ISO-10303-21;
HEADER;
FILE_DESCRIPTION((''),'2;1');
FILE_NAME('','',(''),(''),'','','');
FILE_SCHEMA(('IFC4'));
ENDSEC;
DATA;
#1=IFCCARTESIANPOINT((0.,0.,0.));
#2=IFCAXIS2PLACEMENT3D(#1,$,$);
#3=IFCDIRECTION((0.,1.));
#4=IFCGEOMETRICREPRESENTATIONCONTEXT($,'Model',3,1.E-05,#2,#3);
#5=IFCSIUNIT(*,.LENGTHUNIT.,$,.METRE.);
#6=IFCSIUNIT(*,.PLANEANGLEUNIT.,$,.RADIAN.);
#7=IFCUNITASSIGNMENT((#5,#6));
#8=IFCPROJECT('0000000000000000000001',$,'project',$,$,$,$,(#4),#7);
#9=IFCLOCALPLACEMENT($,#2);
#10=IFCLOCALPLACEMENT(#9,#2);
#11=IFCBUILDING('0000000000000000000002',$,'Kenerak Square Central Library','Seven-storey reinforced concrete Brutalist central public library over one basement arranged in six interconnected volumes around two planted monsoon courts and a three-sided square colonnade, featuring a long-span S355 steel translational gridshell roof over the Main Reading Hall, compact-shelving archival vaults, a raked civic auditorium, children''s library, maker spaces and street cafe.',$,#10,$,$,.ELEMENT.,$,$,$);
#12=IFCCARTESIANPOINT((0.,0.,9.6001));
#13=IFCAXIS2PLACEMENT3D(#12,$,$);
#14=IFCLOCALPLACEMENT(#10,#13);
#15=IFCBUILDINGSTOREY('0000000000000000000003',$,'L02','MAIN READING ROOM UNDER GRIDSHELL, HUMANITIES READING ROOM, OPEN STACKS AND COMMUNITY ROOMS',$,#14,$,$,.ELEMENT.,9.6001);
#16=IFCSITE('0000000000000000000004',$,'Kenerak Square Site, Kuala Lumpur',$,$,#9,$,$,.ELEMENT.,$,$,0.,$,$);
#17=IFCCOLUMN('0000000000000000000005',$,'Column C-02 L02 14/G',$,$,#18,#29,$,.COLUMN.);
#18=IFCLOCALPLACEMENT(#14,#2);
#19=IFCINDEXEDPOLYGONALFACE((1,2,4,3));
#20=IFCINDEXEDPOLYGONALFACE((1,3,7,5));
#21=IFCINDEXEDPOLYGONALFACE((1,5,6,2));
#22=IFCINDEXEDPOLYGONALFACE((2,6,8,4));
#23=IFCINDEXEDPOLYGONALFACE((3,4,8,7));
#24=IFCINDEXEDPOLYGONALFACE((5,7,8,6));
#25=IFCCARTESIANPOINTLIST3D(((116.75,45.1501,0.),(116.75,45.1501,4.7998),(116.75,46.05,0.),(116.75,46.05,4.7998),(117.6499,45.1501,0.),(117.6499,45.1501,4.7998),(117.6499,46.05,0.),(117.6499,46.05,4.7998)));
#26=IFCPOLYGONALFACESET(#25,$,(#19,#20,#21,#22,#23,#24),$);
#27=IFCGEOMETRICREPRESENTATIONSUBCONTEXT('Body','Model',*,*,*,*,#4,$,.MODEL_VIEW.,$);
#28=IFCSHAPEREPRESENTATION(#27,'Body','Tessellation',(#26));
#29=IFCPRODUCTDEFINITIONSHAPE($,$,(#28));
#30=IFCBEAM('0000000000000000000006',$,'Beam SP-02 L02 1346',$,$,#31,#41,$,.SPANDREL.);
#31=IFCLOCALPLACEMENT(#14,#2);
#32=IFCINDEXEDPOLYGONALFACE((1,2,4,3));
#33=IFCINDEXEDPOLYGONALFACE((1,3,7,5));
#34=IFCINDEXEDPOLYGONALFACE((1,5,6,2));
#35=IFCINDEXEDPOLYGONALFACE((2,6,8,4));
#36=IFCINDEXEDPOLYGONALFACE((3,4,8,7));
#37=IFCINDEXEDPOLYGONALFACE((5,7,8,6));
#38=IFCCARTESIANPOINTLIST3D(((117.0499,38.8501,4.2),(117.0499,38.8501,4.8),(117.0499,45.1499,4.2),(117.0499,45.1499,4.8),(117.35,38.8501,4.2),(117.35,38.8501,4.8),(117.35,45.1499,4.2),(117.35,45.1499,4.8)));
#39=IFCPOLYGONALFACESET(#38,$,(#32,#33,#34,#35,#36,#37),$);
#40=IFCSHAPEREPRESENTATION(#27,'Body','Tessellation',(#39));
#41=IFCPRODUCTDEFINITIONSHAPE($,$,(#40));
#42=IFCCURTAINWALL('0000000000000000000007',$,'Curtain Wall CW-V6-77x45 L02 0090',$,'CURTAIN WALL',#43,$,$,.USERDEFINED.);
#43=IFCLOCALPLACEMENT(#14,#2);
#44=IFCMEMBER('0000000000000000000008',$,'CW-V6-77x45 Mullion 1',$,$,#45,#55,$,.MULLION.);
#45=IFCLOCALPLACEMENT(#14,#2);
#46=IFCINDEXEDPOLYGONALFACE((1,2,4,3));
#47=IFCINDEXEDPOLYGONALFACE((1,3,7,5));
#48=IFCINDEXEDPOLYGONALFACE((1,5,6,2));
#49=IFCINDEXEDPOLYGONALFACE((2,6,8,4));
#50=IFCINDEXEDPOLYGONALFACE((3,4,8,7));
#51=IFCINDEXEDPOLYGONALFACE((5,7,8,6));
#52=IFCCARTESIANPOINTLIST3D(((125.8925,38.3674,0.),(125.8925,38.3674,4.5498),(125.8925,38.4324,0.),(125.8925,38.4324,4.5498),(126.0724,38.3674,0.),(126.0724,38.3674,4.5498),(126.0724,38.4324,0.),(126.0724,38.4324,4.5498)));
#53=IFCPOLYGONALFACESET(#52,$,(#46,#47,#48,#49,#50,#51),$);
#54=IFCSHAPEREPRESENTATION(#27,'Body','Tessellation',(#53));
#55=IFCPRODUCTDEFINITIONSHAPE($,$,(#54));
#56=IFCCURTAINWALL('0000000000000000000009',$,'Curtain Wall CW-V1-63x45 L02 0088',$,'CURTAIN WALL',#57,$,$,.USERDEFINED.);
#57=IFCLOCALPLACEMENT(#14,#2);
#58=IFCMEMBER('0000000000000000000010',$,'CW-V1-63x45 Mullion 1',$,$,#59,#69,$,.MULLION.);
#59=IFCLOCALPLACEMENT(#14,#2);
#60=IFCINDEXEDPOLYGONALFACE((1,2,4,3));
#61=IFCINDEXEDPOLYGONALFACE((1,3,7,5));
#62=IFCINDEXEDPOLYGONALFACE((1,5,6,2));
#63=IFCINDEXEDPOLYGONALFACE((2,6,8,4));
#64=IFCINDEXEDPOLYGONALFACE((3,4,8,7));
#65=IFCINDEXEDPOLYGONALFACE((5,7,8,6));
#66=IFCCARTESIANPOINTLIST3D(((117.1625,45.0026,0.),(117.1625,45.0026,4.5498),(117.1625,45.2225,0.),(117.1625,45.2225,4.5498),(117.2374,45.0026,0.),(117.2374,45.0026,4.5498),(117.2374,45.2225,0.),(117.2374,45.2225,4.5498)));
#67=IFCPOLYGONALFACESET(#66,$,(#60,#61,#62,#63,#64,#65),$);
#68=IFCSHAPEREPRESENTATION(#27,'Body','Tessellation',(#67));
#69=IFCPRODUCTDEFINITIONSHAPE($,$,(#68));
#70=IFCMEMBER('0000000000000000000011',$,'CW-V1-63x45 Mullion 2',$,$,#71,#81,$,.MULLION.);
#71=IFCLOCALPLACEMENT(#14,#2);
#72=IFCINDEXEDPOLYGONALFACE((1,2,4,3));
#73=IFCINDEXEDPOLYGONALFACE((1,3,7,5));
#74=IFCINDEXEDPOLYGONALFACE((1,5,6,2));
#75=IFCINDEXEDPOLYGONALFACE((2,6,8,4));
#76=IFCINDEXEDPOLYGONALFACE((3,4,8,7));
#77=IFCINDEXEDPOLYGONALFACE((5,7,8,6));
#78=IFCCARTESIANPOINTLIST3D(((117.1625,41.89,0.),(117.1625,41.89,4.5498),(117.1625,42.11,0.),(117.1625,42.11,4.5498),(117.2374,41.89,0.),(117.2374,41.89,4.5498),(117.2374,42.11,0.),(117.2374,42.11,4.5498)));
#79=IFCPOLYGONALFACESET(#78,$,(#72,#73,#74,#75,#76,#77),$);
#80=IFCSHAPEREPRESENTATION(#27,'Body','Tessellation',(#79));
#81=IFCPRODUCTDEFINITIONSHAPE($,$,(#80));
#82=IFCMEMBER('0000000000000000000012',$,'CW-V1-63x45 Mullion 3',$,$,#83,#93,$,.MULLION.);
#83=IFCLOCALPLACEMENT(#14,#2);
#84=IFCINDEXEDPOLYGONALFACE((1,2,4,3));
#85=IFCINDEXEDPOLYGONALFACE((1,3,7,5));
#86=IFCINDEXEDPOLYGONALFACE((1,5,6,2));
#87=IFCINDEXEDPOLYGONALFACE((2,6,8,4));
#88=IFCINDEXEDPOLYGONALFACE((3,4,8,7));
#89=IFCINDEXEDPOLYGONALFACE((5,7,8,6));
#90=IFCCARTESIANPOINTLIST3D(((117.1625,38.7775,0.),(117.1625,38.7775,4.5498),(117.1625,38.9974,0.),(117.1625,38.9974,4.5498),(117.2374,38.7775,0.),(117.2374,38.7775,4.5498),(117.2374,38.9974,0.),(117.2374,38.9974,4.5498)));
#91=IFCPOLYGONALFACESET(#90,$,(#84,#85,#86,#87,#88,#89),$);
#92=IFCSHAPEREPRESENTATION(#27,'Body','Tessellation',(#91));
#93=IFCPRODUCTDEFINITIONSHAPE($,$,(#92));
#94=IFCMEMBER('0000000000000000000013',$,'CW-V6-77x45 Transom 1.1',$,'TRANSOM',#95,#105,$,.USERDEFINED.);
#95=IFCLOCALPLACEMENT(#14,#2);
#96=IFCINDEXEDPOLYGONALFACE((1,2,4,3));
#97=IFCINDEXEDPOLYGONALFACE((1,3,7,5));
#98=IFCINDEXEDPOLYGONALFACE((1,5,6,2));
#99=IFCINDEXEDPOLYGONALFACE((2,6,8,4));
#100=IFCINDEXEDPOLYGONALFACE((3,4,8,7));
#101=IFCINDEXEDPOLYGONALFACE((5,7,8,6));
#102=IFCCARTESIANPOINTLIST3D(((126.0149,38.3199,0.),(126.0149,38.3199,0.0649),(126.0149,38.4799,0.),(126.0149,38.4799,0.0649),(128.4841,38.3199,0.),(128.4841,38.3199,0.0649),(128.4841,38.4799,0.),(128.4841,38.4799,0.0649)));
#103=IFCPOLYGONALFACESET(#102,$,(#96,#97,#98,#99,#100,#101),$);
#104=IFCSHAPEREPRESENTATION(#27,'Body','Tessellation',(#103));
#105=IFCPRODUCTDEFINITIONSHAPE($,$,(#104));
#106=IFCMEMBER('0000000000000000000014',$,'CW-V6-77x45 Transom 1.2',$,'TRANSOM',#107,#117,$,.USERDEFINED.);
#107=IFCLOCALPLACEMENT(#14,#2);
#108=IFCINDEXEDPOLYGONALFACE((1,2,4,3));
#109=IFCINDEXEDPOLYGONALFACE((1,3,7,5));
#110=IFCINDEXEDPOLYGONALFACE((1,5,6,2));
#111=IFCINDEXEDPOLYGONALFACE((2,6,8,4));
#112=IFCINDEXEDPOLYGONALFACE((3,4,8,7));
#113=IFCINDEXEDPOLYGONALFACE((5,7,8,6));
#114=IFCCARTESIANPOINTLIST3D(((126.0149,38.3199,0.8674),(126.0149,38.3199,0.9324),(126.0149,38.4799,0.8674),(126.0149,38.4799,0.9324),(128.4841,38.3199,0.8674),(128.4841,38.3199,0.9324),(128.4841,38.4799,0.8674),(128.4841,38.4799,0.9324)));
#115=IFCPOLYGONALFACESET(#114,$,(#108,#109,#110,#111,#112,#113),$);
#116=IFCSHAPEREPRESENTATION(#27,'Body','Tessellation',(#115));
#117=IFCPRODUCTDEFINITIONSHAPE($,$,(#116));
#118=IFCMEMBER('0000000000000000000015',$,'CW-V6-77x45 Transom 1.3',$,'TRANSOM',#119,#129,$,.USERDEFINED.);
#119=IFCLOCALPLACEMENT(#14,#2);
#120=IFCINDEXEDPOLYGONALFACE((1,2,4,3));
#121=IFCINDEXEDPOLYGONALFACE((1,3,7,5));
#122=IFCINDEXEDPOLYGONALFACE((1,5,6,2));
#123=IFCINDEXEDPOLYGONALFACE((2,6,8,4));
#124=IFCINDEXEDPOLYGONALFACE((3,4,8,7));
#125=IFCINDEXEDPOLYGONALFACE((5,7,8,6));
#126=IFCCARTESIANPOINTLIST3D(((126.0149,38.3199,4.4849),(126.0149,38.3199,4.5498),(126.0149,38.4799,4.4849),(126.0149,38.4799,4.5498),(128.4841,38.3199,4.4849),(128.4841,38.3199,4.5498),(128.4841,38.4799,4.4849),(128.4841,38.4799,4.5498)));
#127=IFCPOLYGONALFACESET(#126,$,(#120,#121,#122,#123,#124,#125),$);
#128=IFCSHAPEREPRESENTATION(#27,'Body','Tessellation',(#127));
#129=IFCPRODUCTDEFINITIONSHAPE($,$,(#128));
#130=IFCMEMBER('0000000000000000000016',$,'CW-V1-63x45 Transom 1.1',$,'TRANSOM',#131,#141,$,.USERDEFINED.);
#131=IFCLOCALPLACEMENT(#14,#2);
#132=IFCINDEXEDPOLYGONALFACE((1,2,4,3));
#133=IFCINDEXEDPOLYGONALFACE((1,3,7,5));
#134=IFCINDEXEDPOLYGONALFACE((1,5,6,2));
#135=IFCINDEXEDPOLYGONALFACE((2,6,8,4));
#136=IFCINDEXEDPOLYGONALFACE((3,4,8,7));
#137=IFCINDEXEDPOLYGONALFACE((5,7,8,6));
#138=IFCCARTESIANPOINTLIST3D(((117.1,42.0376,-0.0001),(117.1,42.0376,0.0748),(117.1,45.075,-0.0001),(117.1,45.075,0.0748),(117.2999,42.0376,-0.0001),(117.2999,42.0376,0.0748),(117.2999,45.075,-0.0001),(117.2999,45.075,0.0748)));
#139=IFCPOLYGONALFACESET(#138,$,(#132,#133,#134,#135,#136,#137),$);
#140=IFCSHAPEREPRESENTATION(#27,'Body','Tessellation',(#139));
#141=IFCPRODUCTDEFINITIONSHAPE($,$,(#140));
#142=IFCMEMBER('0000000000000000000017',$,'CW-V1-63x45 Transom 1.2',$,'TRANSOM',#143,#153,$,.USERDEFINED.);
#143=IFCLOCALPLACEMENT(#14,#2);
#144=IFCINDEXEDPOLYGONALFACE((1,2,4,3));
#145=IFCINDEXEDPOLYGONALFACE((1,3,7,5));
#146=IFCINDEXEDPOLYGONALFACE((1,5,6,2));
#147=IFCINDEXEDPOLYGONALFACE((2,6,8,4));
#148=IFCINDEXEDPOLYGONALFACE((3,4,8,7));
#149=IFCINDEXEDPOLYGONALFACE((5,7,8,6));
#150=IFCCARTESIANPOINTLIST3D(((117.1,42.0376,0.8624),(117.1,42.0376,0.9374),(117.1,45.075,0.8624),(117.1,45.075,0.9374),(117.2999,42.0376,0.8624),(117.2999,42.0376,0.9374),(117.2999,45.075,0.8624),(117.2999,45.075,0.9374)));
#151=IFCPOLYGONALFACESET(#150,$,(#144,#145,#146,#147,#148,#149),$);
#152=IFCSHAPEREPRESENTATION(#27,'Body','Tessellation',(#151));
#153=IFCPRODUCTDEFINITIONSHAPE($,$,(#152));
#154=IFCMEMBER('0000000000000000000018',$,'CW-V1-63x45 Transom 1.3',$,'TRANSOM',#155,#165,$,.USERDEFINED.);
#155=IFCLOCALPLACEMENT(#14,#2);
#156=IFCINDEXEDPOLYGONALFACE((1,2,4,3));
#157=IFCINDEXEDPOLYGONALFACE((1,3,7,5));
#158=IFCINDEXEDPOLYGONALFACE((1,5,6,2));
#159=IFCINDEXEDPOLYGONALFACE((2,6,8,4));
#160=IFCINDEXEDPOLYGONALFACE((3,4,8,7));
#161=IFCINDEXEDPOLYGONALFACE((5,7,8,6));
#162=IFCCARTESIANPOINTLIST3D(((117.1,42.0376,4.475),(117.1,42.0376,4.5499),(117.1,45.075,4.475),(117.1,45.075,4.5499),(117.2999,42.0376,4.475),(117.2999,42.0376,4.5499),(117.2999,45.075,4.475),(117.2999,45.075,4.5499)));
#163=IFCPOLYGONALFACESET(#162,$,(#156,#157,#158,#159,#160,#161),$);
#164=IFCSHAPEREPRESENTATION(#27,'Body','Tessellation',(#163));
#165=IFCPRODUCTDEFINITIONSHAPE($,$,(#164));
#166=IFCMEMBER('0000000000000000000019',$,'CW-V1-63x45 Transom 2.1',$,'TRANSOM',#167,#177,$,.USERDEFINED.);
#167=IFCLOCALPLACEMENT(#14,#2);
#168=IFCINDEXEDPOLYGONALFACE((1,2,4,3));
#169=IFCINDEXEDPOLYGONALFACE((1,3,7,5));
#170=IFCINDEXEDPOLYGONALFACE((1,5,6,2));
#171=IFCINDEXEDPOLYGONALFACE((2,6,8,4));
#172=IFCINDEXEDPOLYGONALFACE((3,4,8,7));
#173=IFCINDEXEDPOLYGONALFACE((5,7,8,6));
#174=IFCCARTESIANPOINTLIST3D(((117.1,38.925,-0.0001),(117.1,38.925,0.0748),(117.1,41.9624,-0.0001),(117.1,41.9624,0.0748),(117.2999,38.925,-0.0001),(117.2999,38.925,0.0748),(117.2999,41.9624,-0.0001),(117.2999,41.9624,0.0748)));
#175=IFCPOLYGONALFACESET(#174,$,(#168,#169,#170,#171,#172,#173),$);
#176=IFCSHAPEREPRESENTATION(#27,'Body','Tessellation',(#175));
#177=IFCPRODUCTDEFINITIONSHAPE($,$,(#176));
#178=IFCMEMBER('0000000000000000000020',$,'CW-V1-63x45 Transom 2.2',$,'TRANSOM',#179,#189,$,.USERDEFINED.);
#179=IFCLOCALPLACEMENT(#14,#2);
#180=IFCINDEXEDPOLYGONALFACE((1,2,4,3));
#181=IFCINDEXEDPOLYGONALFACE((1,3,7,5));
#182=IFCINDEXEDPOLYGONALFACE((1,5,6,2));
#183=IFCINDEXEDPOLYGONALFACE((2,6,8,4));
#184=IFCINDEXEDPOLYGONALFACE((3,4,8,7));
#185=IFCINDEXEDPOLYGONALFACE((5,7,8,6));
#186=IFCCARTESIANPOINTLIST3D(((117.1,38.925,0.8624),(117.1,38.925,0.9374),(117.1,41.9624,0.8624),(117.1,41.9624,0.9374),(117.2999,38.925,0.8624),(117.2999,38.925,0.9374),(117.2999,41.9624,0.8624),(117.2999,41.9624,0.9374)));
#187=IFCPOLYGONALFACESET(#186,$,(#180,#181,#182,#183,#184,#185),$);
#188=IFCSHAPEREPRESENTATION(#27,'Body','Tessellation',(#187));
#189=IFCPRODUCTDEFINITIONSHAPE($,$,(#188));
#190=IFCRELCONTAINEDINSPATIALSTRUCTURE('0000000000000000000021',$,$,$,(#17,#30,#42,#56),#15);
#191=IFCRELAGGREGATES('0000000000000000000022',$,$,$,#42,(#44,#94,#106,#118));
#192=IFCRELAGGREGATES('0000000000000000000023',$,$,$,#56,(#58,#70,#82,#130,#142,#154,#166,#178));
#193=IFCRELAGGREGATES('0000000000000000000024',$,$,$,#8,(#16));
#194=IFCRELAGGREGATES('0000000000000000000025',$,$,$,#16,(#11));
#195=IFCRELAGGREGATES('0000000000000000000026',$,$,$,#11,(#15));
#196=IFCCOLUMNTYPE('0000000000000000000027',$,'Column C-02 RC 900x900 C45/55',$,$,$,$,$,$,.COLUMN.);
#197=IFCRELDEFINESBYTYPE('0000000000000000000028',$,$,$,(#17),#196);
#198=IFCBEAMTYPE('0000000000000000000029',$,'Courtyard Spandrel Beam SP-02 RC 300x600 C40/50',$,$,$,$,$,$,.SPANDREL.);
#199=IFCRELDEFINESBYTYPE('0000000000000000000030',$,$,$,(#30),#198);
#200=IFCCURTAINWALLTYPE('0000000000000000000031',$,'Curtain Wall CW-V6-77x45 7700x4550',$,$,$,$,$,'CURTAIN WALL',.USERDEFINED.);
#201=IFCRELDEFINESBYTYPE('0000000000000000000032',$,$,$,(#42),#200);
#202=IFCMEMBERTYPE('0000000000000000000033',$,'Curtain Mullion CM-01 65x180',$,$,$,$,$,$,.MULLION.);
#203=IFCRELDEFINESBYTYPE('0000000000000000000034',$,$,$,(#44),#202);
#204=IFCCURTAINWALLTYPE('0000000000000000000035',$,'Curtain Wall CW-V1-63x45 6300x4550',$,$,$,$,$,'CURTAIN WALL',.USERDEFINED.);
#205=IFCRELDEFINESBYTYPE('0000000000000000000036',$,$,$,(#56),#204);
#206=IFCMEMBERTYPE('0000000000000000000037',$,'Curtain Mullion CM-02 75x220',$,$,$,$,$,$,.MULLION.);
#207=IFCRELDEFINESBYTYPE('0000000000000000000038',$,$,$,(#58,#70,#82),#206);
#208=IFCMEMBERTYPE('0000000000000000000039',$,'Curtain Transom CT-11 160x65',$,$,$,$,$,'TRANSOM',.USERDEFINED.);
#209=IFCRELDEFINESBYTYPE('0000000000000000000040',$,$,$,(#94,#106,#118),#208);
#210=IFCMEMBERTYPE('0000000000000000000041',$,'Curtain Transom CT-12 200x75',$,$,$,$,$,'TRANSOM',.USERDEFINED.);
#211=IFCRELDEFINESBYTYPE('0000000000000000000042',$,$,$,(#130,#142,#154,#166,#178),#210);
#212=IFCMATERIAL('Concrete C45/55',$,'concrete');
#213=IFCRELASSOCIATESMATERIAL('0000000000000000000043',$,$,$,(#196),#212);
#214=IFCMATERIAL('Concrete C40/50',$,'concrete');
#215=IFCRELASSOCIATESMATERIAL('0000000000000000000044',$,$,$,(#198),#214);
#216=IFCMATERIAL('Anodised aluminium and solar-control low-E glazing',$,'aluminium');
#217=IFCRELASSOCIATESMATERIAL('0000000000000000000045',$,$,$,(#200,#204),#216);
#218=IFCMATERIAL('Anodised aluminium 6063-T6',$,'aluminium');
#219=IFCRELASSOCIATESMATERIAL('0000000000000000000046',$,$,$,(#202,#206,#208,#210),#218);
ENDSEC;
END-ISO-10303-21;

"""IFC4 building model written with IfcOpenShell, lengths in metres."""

from ifc_helpers import new_model, si_unit, direction, frame, origin, origin_2d, place, context, subcontext, project, spatial, rectangle, extrude, material, material_profile, profile_set, type_object, element, aggregate, save


model = new_model("IFC4")

# Units and contexts
model_context = context("Model", 3, precision=1e-05, world=origin(), true_north=direction((0.0, 1.0)))
body_context = subcontext(model_context, "Body", "Model", "MODEL_VIEW")
ifc_project = project(units=[si_unit("LENGTHUNIT", "METRE"), si_unit("PLANEANGLEUNIT", "RADIAN")], contexts=[model_context])

# Site, building, storey
site_placement = place(None, origin())
site = spatial("IfcSite", under=ifc_project, at=site_placement, Name="Kenerak Square Site, Kuala Lumpur", CompositionType="ELEMENT", RefElevation=0.0)
building_placement = place(site_placement, origin())
building = spatial("IfcBuilding", under=site, at=building_placement, Name="Kenerak Square Central Library", Description="Seven-storey reinforced concrete Brutalist central public library over one basement arranged in six interconnected volumes around two planted monsoon courts and a three-sided square colonnade, featuring a long-span S355 steel translational gridshell roof over the Main Reading Hall, compact-shelving archival vaults, a raked civic auditorium, children's library, maker spaces and street cafe.", CompositionType="ELEMENT")
storey_placement = place(building_placement, frame((0.0, 0.0, 9.6001)))
storey = spatial("IfcBuildingStorey", under=building, at=storey_placement, Name="L02", Description="MAIN READING ROOM UNDER GRIDSHELL, HUMANITIES READING ROOM, OPEN STACKS AND COMMUNITY ROOMS", CompositionType="ELEMENT", Elevation=9.6001)

# Column
ifc_material_1 = material(Name="Concrete C45/55", Category="concrete")
ifc_material_profile_1 = material_profile(ifc_material_1, rectangle(XDim=0.8999, YDim=0.8999, at=origin_2d()), Name="RC 900x900")
ifc_profile_set_1 = profile_set([ifc_material_profile_1], Name="Concrete C45/55")
column_type = type_object("IfcColumnType", Name="Column C-02 RC 900x900 C45/55", PredefinedType="COLUMN", material=ifc_profile_set_1)
column_placement = place(storey_placement, frame((117.2, 45.6001, 0.0), z_axis=(0.0, 0.0, 1.0), x_axis=(1.0, 0.0, 0.0)))
element("IfcColumn", 1, at=column_placement, inside=storey, type_object=column_type, Name="Column C-02 L02 14/G", PredefinedType="COLUMN", context=body_context, shape_type="SweptSolid", body=[
    extrude(rectangle(XDim=0.8999, YDim=0.8999, at=origin_2d()), origin(), (0.0, 0.0, 1.0), 4.7998),
])

# Beam
ifc_material_2 = material(Name="Concrete C40/50", Category="concrete")
ifc_material_profile_2 = material_profile(ifc_material_2, rectangle(XDim=0.3, YDim=0.6001, at=origin_2d()), Name="RC 300x600")
ifc_profile_set_2 = profile_set([ifc_material_profile_2], Name="Concrete C40/50")
beam_type_1 = type_object("IfcBeamType", Name="Courtyard Spandrel Beam SP-02 RC 300x600 C40/50", PredefinedType="SPANDREL", material=ifc_profile_set_2)
beam_1_placement = place(storey_placement, frame((117.2, 38.8501, 4.5), z_axis=(0.0, 1.0, 0.0), x_axis=(-1.0, 0.0, 0.0)))
element("IfcBeam", 2, at=beam_1_placement, inside=storey, type_object=beam_type_1, Name="Beam SP-02 L02 1346", PredefinedType="SPANDREL", context=body_context, shape_type="SweptSolid", body=[
    extrude(rectangle(XDim=0.3, YDim=0.6001, at=origin_2d()), origin(), (0.0, 0.0, 1.0), 6.2998),
])

# Curtain wall, member
ifc_material_3 = material(Name="Anodised aluminium and solar-control low-E glazing", Category="aluminium")
curtain_wall_type_1 = type_object("IfcCurtainWallType", Name="Curtain Wall CW-V6-77x45 7700x4550", ElementType="CURTAIN WALL", PredefinedType="USERDEFINED", material=ifc_material_3)
curtain_wall_1_placement = place(storey_placement, origin())
curtain_wall_1 = element("IfcCurtainWall", 3, at=curtain_wall_1_placement, inside=storey, type_object=curtain_wall_type_1, Name="Curtain Wall CW-V6-77x45 L02 0090", ObjectType="CURTAIN WALL", PredefinedType="USERDEFINED")
ifc_material_4 = material(Name="Anodised aluminium 6063-T6", Category="aluminium")
ifc_material_profile_3 = material_profile(ifc_material_4, rectangle(XDim=0.0649, YDim=0.1799, at=origin_2d()), Name="AL MULLION 65x180")
ifc_profile_set_3 = profile_set([ifc_material_profile_3], Name="Anodised aluminium 6063-T6")
member_type_1 = type_object("IfcMemberType", Name="Curtain Mullion CM-01 65x180", PredefinedType="MULLION", material=ifc_profile_set_3)
member_1_placement = place(storey_placement, frame((125.9824, 38.3999, 0.0), z_axis=(0.0, 0.0, 1.0), x_axis=(0.0, 1.0, 0.0)))
member_1 = element("IfcMember", 4, at=member_1_placement, type_object=member_type_1, Name="CW-V6-77x45 Mullion 1", PredefinedType="MULLION", context=body_context, shape_type="SweptSolid", body=[
    extrude(rectangle(XDim=0.0649, YDim=0.1799, at=origin_2d()), origin(), (0.0, 0.0, 1.0), 4.5498),
])

# Curtain wall, members
curtain_wall_type_2 = type_object("IfcCurtainWallType", Name="Curtain Wall CW-V1-63x45 6300x4550", ElementType="CURTAIN WALL", PredefinedType="USERDEFINED", material=ifc_material_3)
curtain_wall_2_placement = place(storey_placement, origin())
curtain_wall_2 = element("IfcCurtainWall", 5, at=curtain_wall_2_placement, inside=storey, type_object=curtain_wall_type_2, Name="Curtain Wall CW-V1-63x45 L02 0088", ObjectType="CURTAIN WALL", PredefinedType="USERDEFINED")
ifc_material_profile_4 = material_profile(ifc_material_4, rectangle(XDim=0.075, YDim=0.22, at=origin_2d()), Name="AL MULLION 75x220")
ifc_profile_set_4 = profile_set([ifc_material_profile_4], Name="Anodised aluminium 6063-T6")
member_type_2 = type_object("IfcMemberType", Name="Curtain Mullion CM-02 75x220", PredefinedType="MULLION", material=ifc_profile_set_4)
member_2_placement = place(storey_placement, frame((117.2, 45.1125, 0.0), z_axis=(0.0, 0.0, 1.0), x_axis=(1.0, 0.0, 0.0)))
member_2 = element("IfcMember", 6, at=member_2_placement, type_object=member_type_2, Name="CW-V1-63x45 Mullion 1", PredefinedType="MULLION", context=body_context, shape_type="SweptSolid", body=[
    extrude(rectangle(XDim=0.075, YDim=0.22, at=origin_2d()), origin(), (0.0, 0.0, 1.0), 4.5498),
])
member_3_placement = place(storey_placement, frame((117.2, 42.0, 0.0), z_axis=(0.0, 0.0, 1.0), x_axis=(1.0, 0.0, 0.0)))
member_3 = element("IfcMember", 7, at=member_3_placement, type_object=member_type_2, Name="CW-V1-63x45 Mullion 2", PredefinedType="MULLION", context=body_context, shape_type="SweptSolid", body=[
    extrude(rectangle(XDim=0.075, YDim=0.22, at=origin_2d()), origin(), (0.0, 0.0, 1.0), 4.5498),
])
member_4_placement = place(storey_placement, frame((117.2, 38.8875, 0.0), z_axis=(0.0, 0.0, 1.0), x_axis=(1.0, 0.0, 0.0)))
member_4 = element("IfcMember", 8, at=member_4_placement, type_object=member_type_2, Name="CW-V1-63x45 Mullion 3", PredefinedType="MULLION", context=body_context, shape_type="SweptSolid", body=[
    extrude(rectangle(XDim=0.075, YDim=0.22, at=origin_2d()), origin(), (0.0, 0.0, 1.0), 4.5498),
])

# Members
ifc_material_profile_5 = material_profile(ifc_material_4, rectangle(XDim=0.1599, YDim=0.0649, at=origin_2d()), Name="AL TRANSOM 160x65")
ifc_profile_set_5 = profile_set([ifc_material_profile_5], Name="Anodised aluminium 6063-T6")
member_type_3 = type_object("IfcMemberType", Name="Curtain Transom CT-11 160x65", ElementType="TRANSOM", PredefinedType="USERDEFINED", material=ifc_profile_set_5)
member_5_placement = place(storey_placement, frame((126.0149, 38.3999, 0.0325), z_axis=(1.0, 0.0, 0.0), x_axis=(0.0, 1.0, 0.0)))
member_5 = element("IfcMember", 9, at=member_5_placement, type_object=member_type_3, Name="CW-V6-77x45 Transom 1.1", ObjectType="TRANSOM", PredefinedType="USERDEFINED", context=body_context, shape_type="SweptSolid", body=[
    extrude(rectangle(XDim=0.1599, YDim=0.0649, at=origin_2d()), origin(), (0.0, 0.0, 1.0), 2.4692),
])
member_6_placement = place(storey_placement, frame((126.0149, 38.3999, 0.8999), z_axis=(1.0, 0.0, 0.0), x_axis=(0.0, 1.0, 0.0)))
member_6 = element("IfcMember", 10, at=member_6_placement, type_object=member_type_3, Name="CW-V6-77x45 Transom 1.2", ObjectType="TRANSOM", PredefinedType="USERDEFINED", context=body_context, shape_type="SweptSolid", body=[
    extrude(rectangle(XDim=0.1599, YDim=0.0649, at=origin_2d()), origin(), (0.0, 0.0, 1.0), 2.4692),
])
member_7_placement = place(storey_placement, frame((126.0149, 38.3999, 4.5173), z_axis=(1.0, 0.0, 0.0), x_axis=(0.0, 1.0, 0.0)))
member_7 = element("IfcMember", 11, at=member_7_placement, type_object=member_type_3, Name="CW-V6-77x45 Transom 1.3", ObjectType="TRANSOM", PredefinedType="USERDEFINED", context=body_context, shape_type="SweptSolid", body=[
    extrude(rectangle(XDim=0.1599, YDim=0.0649, at=origin_2d()), origin(), (0.0, 0.0, 1.0), 2.4692),
])
ifc_material_profile_6 = material_profile(ifc_material_4, rectangle(XDim=0.2, YDim=0.075, at=origin_2d()), Name="AL TRANSOM 200x75")
ifc_profile_set_6 = profile_set([ifc_material_profile_6], Name="Anodised aluminium 6063-T6")
member_type_4 = type_object("IfcMemberType", Name="Curtain Transom CT-12 200x75", ElementType="TRANSOM", PredefinedType="USERDEFINED", material=ifc_profile_set_6)
member_8_placement = place(storey_placement, frame((117.2, 45.075, 0.0374), z_axis=(0.0, -1.0, 0.0), x_axis=(1.0, 0.0, 0.0)))
member_8 = element("IfcMember", 12, at=member_8_placement, type_object=member_type_4, Name="CW-V1-63x45 Transom 1.1", ObjectType="TRANSOM", PredefinedType="USERDEFINED", context=body_context, shape_type="SweptSolid", body=[
    extrude(rectangle(XDim=0.2, YDim=0.075, at=origin_2d()), origin(), (0.0, 0.0, 1.0), 3.0374),
])
member_9_placement = place(storey_placement, frame((117.2, 45.075, 0.8999), z_axis=(0.0, -1.0, 0.0), x_axis=(1.0, 0.0, 0.0)))
member_9 = element("IfcMember", 13, at=member_9_placement, type_object=member_type_4, Name="CW-V1-63x45 Transom 1.2", ObjectType="TRANSOM", PredefinedType="USERDEFINED", context=body_context, shape_type="SweptSolid", body=[
    extrude(rectangle(XDim=0.2, YDim=0.075, at=origin_2d()), origin(), (0.0, 0.0, 1.0), 3.0374),
])
member_10_placement = place(storey_placement, frame((117.2, 45.075, 4.5125), z_axis=(0.0, -1.0, 0.0), x_axis=(1.0, 0.0, 0.0)))
member_10 = element("IfcMember", 14, at=member_10_placement, type_object=member_type_4, Name="CW-V1-63x45 Transom 1.3", ObjectType="TRANSOM", PredefinedType="USERDEFINED", context=body_context, shape_type="SweptSolid", body=[
    extrude(rectangle(XDim=0.2, YDim=0.075, at=origin_2d()), origin(), (0.0, 0.0, 1.0), 3.0374),
])
member_11_placement = place(storey_placement, frame((117.2, 41.9624, 0.0374), z_axis=(0.0, -1.0, 0.0), x_axis=(1.0, 0.0, 0.0)))
member_11 = element("IfcMember", 15, at=member_11_placement, type_object=member_type_4, Name="CW-V1-63x45 Transom 2.1", ObjectType="TRANSOM", PredefinedType="USERDEFINED", context=body_context, shape_type="SweptSolid", body=[
    extrude(rectangle(XDim=0.2, YDim=0.075, at=origin_2d()), origin(), (0.0, 0.0, 1.0), 3.0374),
])
member_12_placement = place(storey_placement, frame((117.2, 41.9624, 0.8999), z_axis=(0.0, -1.0, 0.0), x_axis=(1.0, 0.0, 0.0)))
member_12 = element("IfcMember", 16, at=member_12_placement, type_object=member_type_4, Name="CW-V1-63x45 Transom 2.2", ObjectType="TRANSOM", PredefinedType="USERDEFINED", context=body_context, shape_type="SweptSolid", body=[
    extrude(rectangle(XDim=0.2, YDim=0.075, at=origin_2d()), origin(), (0.0, 0.0, 1.0), 3.0374),
])

aggregate(curtain_wall_1, [member_1, member_5, member_6, member_7])
aggregate(curtain_wall_2, [member_2, member_3, member_4, member_8, member_9, member_10, member_11, member_12])

save(model, "model.ifc")
